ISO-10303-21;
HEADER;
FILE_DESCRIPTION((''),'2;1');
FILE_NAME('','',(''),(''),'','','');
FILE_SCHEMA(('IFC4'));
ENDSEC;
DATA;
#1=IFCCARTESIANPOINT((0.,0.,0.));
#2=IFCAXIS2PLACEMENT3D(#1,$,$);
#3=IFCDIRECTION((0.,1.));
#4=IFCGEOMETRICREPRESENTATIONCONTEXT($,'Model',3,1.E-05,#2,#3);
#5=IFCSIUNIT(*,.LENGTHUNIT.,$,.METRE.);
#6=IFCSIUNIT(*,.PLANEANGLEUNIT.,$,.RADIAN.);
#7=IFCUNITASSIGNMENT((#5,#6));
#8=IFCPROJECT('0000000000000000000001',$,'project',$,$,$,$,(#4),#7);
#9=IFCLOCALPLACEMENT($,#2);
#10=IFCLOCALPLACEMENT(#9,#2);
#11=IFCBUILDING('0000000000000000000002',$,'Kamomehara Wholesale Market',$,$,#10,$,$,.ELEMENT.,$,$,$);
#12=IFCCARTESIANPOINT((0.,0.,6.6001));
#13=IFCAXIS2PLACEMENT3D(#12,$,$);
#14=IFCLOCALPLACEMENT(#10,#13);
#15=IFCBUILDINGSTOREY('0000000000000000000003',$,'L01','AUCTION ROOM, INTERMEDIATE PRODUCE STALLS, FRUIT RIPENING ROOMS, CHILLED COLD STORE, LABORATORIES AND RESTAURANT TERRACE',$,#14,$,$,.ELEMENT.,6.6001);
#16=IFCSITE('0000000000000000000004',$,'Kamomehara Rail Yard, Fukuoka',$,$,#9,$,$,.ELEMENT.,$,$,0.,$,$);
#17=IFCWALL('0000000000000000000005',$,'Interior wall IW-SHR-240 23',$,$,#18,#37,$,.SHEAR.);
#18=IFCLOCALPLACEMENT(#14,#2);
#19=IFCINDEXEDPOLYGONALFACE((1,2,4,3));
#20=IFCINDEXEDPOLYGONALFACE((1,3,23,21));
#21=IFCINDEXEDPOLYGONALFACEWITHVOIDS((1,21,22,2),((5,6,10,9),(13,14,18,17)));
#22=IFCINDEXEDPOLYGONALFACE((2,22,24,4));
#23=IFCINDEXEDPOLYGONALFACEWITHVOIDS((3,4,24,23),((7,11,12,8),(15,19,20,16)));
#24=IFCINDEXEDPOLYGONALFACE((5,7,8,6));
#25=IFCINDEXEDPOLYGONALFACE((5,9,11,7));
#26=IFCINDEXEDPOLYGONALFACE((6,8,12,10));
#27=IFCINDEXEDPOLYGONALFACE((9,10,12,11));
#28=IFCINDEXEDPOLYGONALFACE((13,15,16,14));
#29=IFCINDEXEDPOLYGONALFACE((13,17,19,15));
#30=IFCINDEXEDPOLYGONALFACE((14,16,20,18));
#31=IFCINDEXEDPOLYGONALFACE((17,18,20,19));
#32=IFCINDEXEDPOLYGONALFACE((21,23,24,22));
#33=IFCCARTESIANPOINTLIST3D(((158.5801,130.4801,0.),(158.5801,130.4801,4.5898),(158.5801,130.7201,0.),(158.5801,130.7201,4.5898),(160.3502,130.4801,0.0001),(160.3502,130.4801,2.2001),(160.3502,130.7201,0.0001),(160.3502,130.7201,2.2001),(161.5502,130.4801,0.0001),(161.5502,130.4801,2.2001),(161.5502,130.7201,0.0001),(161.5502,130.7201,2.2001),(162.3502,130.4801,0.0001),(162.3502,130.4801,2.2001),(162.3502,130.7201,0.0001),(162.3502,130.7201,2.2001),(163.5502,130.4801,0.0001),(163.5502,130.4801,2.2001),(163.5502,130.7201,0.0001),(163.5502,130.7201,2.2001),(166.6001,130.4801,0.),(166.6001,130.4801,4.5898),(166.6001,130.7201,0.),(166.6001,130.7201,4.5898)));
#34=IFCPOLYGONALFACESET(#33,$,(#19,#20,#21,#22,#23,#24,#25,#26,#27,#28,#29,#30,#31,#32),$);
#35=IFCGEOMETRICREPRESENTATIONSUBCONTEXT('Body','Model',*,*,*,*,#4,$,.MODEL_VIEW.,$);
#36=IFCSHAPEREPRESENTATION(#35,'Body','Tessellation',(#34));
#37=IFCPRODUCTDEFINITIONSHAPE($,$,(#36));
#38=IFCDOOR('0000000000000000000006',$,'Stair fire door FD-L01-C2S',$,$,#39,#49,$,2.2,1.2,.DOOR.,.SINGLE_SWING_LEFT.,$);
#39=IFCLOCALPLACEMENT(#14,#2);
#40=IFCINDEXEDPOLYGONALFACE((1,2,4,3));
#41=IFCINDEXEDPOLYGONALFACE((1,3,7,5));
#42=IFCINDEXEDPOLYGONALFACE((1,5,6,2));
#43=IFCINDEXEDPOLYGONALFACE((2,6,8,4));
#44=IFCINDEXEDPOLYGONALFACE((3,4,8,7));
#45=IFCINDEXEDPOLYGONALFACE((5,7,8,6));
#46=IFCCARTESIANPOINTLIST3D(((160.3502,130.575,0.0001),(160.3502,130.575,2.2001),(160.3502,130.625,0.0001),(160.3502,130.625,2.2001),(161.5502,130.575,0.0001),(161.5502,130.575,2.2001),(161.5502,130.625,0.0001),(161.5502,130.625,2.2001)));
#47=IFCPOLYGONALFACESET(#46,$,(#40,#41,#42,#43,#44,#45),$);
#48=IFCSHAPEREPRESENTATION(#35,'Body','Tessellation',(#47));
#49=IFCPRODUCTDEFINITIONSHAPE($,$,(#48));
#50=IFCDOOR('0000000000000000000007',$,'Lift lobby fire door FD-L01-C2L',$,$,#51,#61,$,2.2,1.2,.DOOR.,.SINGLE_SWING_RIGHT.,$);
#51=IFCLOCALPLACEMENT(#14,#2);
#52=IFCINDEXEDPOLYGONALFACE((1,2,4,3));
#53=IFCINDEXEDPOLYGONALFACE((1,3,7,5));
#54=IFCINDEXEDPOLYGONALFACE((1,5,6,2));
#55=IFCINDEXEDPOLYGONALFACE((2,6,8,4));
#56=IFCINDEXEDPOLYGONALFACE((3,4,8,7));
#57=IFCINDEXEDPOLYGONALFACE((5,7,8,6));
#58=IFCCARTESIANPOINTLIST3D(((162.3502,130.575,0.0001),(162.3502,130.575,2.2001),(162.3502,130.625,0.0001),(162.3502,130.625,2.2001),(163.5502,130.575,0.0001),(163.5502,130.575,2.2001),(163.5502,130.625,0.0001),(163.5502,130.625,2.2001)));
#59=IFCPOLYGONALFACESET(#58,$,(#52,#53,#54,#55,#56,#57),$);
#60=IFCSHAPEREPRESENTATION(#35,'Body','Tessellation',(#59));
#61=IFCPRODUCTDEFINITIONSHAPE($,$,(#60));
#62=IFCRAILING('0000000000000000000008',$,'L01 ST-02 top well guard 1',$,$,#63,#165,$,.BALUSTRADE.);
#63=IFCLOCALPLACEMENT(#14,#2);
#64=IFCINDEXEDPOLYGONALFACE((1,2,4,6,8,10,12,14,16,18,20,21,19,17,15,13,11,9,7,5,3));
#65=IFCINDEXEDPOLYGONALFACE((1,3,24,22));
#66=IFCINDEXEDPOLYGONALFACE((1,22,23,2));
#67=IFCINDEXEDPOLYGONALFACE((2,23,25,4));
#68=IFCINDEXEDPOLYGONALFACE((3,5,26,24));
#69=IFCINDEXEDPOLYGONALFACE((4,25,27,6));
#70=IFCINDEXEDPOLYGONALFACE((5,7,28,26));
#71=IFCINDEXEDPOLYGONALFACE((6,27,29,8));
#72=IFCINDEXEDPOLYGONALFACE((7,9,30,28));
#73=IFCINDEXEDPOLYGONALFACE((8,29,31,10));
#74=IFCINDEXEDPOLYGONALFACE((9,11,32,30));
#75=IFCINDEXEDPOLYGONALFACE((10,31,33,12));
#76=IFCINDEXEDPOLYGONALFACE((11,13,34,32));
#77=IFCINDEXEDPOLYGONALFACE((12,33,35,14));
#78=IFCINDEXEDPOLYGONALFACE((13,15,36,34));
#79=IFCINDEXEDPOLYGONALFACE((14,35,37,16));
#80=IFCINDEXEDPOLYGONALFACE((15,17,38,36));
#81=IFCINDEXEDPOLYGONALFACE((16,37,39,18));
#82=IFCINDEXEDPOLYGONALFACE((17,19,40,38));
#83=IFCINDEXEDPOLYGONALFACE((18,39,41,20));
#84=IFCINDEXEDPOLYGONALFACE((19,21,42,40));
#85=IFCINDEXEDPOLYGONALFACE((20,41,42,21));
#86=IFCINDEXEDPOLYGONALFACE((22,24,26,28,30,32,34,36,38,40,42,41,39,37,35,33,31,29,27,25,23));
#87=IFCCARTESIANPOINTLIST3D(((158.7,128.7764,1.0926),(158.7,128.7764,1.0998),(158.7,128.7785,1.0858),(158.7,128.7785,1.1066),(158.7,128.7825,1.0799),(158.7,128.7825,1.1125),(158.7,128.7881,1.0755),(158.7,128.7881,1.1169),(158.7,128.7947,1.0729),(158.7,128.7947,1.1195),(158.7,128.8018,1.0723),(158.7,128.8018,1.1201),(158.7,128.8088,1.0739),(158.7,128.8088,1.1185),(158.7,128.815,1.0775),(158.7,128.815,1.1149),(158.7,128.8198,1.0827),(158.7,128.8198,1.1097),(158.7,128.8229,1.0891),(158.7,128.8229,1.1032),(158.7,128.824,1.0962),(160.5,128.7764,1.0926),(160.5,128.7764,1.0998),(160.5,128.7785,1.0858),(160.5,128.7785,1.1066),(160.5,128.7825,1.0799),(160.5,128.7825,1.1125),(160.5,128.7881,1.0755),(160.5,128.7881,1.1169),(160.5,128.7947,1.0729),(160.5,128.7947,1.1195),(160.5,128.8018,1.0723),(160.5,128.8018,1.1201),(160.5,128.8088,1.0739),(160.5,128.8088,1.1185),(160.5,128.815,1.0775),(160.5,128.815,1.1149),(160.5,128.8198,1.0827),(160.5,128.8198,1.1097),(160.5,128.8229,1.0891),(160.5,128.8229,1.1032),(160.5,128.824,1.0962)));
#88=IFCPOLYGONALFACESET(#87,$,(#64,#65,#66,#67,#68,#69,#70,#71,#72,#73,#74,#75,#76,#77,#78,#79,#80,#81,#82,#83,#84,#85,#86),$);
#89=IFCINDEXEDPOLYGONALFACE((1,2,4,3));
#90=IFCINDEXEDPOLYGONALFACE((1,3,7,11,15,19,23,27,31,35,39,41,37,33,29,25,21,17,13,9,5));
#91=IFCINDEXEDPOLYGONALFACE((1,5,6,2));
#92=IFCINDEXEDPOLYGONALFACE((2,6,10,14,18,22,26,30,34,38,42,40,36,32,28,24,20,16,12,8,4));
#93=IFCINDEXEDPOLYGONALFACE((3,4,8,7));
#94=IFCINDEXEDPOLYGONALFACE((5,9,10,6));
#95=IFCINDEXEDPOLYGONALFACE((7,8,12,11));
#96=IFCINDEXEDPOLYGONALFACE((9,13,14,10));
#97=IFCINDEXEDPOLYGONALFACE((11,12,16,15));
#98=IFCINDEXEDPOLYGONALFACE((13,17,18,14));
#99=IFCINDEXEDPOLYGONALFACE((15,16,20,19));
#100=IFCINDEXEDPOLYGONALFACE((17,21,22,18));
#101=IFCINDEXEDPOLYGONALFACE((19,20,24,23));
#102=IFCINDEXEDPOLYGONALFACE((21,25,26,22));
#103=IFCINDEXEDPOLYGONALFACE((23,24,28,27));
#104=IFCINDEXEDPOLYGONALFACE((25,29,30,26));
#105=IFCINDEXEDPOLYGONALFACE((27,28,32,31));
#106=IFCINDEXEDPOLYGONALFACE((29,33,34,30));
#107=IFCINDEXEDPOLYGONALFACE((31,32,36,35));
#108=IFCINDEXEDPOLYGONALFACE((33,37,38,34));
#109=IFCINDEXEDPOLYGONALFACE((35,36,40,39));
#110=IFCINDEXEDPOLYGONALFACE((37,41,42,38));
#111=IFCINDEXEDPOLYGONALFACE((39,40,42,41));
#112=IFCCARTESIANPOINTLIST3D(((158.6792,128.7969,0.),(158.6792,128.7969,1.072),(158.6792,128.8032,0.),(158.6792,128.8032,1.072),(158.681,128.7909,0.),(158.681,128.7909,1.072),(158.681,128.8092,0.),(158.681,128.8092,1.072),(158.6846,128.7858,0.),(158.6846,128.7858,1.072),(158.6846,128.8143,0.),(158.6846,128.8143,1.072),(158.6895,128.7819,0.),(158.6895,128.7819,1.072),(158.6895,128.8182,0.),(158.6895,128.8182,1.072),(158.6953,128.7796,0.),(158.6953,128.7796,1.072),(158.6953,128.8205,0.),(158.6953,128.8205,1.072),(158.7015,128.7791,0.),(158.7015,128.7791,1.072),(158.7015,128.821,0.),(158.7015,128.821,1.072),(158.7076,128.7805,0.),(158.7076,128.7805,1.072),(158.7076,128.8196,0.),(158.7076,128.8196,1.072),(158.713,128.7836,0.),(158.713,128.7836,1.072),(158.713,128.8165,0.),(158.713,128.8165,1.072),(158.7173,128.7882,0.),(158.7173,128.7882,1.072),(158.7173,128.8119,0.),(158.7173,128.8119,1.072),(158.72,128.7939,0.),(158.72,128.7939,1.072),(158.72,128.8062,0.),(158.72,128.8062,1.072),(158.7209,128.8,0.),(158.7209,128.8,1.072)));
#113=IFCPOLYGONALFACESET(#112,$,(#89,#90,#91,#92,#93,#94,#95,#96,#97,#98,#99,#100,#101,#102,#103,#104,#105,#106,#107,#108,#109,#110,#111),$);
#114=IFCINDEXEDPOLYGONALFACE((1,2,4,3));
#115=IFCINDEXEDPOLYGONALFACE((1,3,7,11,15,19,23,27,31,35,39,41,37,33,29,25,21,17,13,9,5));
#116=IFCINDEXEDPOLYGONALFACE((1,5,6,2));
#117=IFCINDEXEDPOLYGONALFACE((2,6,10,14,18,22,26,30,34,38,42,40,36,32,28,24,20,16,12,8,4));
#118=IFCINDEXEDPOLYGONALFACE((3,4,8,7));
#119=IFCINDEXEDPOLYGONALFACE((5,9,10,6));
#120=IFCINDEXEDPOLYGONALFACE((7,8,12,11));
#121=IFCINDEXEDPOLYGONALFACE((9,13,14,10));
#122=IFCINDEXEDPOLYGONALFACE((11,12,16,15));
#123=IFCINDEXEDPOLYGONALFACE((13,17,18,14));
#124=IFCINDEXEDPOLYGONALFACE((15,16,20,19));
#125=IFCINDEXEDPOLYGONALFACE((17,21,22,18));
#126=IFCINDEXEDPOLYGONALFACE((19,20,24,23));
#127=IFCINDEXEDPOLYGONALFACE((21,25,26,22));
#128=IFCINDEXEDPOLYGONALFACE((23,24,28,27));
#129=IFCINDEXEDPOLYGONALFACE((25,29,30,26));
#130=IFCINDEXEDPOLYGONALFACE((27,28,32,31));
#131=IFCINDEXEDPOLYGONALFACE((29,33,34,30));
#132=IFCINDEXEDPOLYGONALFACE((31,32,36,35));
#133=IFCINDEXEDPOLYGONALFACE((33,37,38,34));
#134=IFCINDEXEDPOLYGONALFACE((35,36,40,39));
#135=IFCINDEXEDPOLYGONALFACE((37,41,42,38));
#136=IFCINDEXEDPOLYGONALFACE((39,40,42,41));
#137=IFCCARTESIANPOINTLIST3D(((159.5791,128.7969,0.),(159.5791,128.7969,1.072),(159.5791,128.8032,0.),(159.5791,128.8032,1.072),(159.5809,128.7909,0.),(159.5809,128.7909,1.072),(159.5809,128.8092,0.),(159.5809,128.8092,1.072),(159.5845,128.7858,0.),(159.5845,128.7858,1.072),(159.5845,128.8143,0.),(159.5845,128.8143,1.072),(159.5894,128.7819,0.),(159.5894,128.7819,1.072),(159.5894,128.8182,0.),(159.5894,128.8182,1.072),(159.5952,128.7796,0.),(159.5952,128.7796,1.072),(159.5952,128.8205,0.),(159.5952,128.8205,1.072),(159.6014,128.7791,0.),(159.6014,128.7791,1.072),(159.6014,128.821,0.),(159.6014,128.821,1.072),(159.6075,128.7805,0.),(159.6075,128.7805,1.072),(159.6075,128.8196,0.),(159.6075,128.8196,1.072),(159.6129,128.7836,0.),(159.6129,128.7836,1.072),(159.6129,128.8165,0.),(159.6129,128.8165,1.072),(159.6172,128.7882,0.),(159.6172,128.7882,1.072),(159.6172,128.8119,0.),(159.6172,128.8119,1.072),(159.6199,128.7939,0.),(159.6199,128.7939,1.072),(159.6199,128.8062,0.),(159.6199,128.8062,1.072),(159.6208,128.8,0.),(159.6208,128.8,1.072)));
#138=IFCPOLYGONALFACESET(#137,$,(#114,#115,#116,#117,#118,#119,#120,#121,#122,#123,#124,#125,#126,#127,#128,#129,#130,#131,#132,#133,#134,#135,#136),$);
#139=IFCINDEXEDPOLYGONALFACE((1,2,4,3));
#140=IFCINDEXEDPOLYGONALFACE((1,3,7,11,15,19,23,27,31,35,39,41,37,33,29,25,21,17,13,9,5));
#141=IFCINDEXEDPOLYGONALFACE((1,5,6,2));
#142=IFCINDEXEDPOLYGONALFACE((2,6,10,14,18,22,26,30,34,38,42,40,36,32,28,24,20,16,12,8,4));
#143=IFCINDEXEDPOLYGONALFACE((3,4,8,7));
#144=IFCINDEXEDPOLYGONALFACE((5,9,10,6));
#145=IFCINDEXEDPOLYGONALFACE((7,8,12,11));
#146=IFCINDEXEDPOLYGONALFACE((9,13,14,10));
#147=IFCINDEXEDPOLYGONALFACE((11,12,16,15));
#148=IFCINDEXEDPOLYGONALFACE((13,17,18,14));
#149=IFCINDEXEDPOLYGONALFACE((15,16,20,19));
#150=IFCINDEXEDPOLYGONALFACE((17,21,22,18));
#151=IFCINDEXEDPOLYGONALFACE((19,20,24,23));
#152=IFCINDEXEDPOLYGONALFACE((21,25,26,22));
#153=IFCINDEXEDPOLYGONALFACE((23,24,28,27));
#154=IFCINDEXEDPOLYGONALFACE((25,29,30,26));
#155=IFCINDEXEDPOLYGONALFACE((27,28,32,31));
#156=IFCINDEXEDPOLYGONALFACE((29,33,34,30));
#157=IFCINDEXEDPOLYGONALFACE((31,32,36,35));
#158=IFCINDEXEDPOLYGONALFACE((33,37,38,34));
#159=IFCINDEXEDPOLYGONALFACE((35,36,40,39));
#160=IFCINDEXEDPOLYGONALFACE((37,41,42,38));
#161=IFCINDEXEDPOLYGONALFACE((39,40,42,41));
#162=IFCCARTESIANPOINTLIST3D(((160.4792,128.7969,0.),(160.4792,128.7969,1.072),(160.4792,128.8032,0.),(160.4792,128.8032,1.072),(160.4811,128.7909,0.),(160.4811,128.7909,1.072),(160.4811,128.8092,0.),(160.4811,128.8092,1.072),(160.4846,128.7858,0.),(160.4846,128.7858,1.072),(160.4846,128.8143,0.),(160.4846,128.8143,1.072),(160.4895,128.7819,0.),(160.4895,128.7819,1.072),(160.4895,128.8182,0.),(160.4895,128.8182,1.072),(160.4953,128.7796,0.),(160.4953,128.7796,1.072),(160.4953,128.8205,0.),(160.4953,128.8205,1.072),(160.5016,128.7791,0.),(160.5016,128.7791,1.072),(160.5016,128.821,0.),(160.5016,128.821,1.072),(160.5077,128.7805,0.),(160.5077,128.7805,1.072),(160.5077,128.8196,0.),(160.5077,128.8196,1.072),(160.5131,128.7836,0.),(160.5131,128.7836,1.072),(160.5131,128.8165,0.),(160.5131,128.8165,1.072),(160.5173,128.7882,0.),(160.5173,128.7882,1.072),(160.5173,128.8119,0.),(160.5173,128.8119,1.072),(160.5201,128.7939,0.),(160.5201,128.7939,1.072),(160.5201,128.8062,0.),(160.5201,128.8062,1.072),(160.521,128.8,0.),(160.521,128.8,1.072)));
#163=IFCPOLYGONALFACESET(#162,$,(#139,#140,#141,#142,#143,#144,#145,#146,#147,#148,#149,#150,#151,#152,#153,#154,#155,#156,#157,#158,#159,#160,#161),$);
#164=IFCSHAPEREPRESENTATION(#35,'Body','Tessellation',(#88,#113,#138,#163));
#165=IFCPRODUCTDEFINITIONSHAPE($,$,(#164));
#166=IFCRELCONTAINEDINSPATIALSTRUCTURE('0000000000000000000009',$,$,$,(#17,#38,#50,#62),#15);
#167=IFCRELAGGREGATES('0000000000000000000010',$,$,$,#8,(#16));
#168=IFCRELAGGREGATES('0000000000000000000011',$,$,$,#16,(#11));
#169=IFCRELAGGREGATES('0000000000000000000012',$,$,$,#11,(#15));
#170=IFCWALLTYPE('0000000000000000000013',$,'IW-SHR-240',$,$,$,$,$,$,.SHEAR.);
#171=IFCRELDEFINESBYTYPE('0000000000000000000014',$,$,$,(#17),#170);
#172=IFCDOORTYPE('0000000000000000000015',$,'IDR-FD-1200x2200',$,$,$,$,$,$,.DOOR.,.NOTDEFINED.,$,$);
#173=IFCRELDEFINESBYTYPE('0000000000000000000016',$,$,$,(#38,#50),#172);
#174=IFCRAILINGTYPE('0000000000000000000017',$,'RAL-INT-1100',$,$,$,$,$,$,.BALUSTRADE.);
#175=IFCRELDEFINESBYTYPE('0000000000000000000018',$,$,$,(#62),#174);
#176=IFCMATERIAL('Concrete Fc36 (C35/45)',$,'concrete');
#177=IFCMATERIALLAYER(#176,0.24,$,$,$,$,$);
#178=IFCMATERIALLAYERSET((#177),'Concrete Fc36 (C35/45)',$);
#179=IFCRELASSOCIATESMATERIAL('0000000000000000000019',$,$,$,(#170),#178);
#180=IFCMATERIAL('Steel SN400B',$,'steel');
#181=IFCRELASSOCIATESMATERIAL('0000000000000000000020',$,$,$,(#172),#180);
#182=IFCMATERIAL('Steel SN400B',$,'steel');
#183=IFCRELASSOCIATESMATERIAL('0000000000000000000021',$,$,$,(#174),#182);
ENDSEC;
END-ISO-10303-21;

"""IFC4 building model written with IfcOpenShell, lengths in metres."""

from ifc_helpers import new_model, si_unit, direction, frame, frame_2d, origin, origin_2d, place, context, subcontext, project, spatial, rectangle, circle, extrude, material, layer, layer_set, type_object, element, fill, save


model = new_model("IFC4")

# Units and contexts
model_context = context("Model", 3, precision=1e-05, world=origin(), true_north=direction((0.0, 1.0)))
body_context = subcontext(model_context, "Body", "Model", "MODEL_VIEW")
ifc_project = project(units=[si_unit("LENGTHUNIT", "METRE"), si_unit("PLANEANGLEUNIT", "RADIAN")], contexts=[model_context])

# Site, building, storey
site_placement = place(None, origin())
site = spatial("IfcSite", under=ifc_project, at=site_placement, Name="Kamomehara Rail Yard, Fukuoka", CompositionType="ELEMENT", RefElevation=0.0)
building_placement = place(site_placement, origin())
building = spatial("IfcBuilding", under=site, at=building_placement, Name="Kamomehara Wholesale Market", CompositionType="ELEMENT")
storey_placement = place(building_placement, frame((0.0, 0.0, 6.6001)))
storey = spatial("IfcBuildingStorey", under=building, at=storey_placement, Name="L01", Description="AUCTION ROOM, INTERMEDIATE PRODUCE STALLS, FRUIT RIPENING ROOMS, CHILLED COLD STORE, LABORATORIES AND RESTAURANT TERRACE", CompositionType="ELEMENT", Elevation=6.6001)

# Shared definitions
ifc_material_1 = material(Name="Concrete Fc36 (C35/45)", Category="concrete")
ifc_layer_1 = layer(ifc_material_1, 0.24)
ifc_layer_set_1 = layer_set([ifc_layer_1], Name="Concrete Fc36 (C35/45)")
wall_type_1 = type_object("IfcWallType", Name="IW-SHR-240", PredefinedType="SHEAR", material=ifc_layer_set_1)

# Wall, openings, doors
wall_1_placement = place(storey_placement, frame((158.5801, 130.6001, 0.0), z_axis=(0.0, 0.0, 1.0), x_axis=(1.0, 0.0, 0.0)))
wall_1 = element("IfcWall", 1, at=wall_1_placement, inside=storey, type_object=wall_type_1, Name="Interior wall IW-SHR-240 23", PredefinedType="SHEAR", context=body_context, shape_type="SweptSolid", body=[
    extrude(rectangle(XDim=8.02, YDim=0.24, at=frame_2d((4.01, 0.0))), origin(), (0.0, 0.0, 1.0), 4.5898),
])
opening_1_placement = place(wall_1_placement, frame((1.77, 0.0, 0.0)))
opening_1 = element("IfcOpeningElement", 2, at=opening_1_placement, cuts=wall_1, PredefinedType="OPENING", context=body_context, shape_type="SweptSolid", body=[
    extrude(rectangle(XDim=1.2, YDim=2.2, at=frame_2d((0.6001, 1.1001))), frame((0.0, 0.1348, 0.0), z_axis=(0.0, -1.0, 0.0), x_axis=(1.0, 0.0, 0.0)), (0.0, 0.0, 1.0), 0.2698),
])
opening_2_placement = place(wall_1_placement, frame((3.77, 0.0, 0.0)))
opening_2 = element("IfcOpeningElement", 3, at=opening_2_placement, cuts=wall_1, PredefinedType="OPENING", context=body_context, shape_type="SweptSolid", body=[
    extrude(rectangle(XDim=1.2, YDim=2.2, at=frame_2d((0.6001, 1.1001))), frame((0.0, 0.1348, 0.0), z_axis=(0.0, -1.0, 0.0), x_axis=(1.0, 0.0, 0.0)), (0.0, 0.0, 1.0), 0.2698),
])
ifc_material_2 = material(Name="Steel SN400B", Category="steel")
door_type_1 = type_object("IfcDoorType", Name="IDR-FD-1200x2200", OperationType="NOTDEFINED", PredefinedType="DOOR", material=ifc_material_2)
door_1_placement = place(opening_1_placement, origin())
door_1 = element("IfcDoor", 4, at=door_1_placement, inside=storey, type_object=door_type_1, Name="Stair fire door FD-L01-C2S", OperationType="SINGLE_SWING_LEFT", OverallHeight=2.2, OverallWidth=1.2, PredefinedType="DOOR", context=body_context, shape_type="SweptSolid", body=[
    extrude(rectangle(XDim=1.2, YDim=2.2, at=frame_2d((0.6001, 1.1001))), frame((0.0, 0.0249, 0.0), z_axis=(0.0, -1.0, 0.0), x_axis=(1.0, 0.0, 0.0)), (0.0, 0.0, 1.0), 0.05),
])
fill(opening_1, door_1)
door_2_placement = place(opening_2_placement, origin())
door_2 = element("IfcDoor", 5, at=door_2_placement, inside=storey, type_object=door_type_1, Name="Lift lobby fire door FD-L01-C2L", OperationType="SINGLE_SWING_RIGHT", OverallHeight=2.2, OverallWidth=1.2, PredefinedType="DOOR", context=body_context, shape_type="SweptSolid", body=[
    extrude(rectangle(XDim=1.2, YDim=2.2, at=frame_2d((0.6001, 1.1001))), frame((0.0, 0.0249, 0.0), z_axis=(0.0, -1.0, 0.0), x_axis=(1.0, 0.0, 0.0)), (0.0, 0.0, 1.0), 0.05),
])
fill(opening_2, door_2)

# Railing
ifc_material_3 = material(Name="Steel SN400B", Category="steel")
railing_type = type_object("IfcRailingType", Name="RAL-INT-1100", PredefinedType="BALUSTRADE", material=ifc_material_3)
railing_1_placement = place(storey_placement, frame((158.7, 128.8, 0.0)))
element("IfcRailing", 6, at=railing_1_placement, inside=storey, type_object=railing_type, Name="L01 ST-02 top well guard 1", PredefinedType="BALUSTRADE", context=body_context, shape_type="SweptSolid", body=[
    extrude(circle(Radius=0.0239, at=origin_2d()), frame((0.0, 0.0, 1.0962), z_axis=(1.0, 0.0, 0.0), x_axis=(0.0, 1.0, 0.0)), (0.0, 0.0, 1.0), 1.8),
    extrude(circle(Radius=0.021, at=origin_2d()), origin(), (0.0, 0.0, 1.0), 1.072),
    extrude(circle(Radius=0.021, at=origin_2d()), frame((0.8999, 0.0, 0.0)), (0.0, 0.0, 1.0), 1.072),
    extrude(circle(Radius=0.021, at=origin_2d()), frame((1.8, 0.0, 0.0)), (0.0, 0.0, 1.0), 1.072),
])

save(model, "model.ifc")
